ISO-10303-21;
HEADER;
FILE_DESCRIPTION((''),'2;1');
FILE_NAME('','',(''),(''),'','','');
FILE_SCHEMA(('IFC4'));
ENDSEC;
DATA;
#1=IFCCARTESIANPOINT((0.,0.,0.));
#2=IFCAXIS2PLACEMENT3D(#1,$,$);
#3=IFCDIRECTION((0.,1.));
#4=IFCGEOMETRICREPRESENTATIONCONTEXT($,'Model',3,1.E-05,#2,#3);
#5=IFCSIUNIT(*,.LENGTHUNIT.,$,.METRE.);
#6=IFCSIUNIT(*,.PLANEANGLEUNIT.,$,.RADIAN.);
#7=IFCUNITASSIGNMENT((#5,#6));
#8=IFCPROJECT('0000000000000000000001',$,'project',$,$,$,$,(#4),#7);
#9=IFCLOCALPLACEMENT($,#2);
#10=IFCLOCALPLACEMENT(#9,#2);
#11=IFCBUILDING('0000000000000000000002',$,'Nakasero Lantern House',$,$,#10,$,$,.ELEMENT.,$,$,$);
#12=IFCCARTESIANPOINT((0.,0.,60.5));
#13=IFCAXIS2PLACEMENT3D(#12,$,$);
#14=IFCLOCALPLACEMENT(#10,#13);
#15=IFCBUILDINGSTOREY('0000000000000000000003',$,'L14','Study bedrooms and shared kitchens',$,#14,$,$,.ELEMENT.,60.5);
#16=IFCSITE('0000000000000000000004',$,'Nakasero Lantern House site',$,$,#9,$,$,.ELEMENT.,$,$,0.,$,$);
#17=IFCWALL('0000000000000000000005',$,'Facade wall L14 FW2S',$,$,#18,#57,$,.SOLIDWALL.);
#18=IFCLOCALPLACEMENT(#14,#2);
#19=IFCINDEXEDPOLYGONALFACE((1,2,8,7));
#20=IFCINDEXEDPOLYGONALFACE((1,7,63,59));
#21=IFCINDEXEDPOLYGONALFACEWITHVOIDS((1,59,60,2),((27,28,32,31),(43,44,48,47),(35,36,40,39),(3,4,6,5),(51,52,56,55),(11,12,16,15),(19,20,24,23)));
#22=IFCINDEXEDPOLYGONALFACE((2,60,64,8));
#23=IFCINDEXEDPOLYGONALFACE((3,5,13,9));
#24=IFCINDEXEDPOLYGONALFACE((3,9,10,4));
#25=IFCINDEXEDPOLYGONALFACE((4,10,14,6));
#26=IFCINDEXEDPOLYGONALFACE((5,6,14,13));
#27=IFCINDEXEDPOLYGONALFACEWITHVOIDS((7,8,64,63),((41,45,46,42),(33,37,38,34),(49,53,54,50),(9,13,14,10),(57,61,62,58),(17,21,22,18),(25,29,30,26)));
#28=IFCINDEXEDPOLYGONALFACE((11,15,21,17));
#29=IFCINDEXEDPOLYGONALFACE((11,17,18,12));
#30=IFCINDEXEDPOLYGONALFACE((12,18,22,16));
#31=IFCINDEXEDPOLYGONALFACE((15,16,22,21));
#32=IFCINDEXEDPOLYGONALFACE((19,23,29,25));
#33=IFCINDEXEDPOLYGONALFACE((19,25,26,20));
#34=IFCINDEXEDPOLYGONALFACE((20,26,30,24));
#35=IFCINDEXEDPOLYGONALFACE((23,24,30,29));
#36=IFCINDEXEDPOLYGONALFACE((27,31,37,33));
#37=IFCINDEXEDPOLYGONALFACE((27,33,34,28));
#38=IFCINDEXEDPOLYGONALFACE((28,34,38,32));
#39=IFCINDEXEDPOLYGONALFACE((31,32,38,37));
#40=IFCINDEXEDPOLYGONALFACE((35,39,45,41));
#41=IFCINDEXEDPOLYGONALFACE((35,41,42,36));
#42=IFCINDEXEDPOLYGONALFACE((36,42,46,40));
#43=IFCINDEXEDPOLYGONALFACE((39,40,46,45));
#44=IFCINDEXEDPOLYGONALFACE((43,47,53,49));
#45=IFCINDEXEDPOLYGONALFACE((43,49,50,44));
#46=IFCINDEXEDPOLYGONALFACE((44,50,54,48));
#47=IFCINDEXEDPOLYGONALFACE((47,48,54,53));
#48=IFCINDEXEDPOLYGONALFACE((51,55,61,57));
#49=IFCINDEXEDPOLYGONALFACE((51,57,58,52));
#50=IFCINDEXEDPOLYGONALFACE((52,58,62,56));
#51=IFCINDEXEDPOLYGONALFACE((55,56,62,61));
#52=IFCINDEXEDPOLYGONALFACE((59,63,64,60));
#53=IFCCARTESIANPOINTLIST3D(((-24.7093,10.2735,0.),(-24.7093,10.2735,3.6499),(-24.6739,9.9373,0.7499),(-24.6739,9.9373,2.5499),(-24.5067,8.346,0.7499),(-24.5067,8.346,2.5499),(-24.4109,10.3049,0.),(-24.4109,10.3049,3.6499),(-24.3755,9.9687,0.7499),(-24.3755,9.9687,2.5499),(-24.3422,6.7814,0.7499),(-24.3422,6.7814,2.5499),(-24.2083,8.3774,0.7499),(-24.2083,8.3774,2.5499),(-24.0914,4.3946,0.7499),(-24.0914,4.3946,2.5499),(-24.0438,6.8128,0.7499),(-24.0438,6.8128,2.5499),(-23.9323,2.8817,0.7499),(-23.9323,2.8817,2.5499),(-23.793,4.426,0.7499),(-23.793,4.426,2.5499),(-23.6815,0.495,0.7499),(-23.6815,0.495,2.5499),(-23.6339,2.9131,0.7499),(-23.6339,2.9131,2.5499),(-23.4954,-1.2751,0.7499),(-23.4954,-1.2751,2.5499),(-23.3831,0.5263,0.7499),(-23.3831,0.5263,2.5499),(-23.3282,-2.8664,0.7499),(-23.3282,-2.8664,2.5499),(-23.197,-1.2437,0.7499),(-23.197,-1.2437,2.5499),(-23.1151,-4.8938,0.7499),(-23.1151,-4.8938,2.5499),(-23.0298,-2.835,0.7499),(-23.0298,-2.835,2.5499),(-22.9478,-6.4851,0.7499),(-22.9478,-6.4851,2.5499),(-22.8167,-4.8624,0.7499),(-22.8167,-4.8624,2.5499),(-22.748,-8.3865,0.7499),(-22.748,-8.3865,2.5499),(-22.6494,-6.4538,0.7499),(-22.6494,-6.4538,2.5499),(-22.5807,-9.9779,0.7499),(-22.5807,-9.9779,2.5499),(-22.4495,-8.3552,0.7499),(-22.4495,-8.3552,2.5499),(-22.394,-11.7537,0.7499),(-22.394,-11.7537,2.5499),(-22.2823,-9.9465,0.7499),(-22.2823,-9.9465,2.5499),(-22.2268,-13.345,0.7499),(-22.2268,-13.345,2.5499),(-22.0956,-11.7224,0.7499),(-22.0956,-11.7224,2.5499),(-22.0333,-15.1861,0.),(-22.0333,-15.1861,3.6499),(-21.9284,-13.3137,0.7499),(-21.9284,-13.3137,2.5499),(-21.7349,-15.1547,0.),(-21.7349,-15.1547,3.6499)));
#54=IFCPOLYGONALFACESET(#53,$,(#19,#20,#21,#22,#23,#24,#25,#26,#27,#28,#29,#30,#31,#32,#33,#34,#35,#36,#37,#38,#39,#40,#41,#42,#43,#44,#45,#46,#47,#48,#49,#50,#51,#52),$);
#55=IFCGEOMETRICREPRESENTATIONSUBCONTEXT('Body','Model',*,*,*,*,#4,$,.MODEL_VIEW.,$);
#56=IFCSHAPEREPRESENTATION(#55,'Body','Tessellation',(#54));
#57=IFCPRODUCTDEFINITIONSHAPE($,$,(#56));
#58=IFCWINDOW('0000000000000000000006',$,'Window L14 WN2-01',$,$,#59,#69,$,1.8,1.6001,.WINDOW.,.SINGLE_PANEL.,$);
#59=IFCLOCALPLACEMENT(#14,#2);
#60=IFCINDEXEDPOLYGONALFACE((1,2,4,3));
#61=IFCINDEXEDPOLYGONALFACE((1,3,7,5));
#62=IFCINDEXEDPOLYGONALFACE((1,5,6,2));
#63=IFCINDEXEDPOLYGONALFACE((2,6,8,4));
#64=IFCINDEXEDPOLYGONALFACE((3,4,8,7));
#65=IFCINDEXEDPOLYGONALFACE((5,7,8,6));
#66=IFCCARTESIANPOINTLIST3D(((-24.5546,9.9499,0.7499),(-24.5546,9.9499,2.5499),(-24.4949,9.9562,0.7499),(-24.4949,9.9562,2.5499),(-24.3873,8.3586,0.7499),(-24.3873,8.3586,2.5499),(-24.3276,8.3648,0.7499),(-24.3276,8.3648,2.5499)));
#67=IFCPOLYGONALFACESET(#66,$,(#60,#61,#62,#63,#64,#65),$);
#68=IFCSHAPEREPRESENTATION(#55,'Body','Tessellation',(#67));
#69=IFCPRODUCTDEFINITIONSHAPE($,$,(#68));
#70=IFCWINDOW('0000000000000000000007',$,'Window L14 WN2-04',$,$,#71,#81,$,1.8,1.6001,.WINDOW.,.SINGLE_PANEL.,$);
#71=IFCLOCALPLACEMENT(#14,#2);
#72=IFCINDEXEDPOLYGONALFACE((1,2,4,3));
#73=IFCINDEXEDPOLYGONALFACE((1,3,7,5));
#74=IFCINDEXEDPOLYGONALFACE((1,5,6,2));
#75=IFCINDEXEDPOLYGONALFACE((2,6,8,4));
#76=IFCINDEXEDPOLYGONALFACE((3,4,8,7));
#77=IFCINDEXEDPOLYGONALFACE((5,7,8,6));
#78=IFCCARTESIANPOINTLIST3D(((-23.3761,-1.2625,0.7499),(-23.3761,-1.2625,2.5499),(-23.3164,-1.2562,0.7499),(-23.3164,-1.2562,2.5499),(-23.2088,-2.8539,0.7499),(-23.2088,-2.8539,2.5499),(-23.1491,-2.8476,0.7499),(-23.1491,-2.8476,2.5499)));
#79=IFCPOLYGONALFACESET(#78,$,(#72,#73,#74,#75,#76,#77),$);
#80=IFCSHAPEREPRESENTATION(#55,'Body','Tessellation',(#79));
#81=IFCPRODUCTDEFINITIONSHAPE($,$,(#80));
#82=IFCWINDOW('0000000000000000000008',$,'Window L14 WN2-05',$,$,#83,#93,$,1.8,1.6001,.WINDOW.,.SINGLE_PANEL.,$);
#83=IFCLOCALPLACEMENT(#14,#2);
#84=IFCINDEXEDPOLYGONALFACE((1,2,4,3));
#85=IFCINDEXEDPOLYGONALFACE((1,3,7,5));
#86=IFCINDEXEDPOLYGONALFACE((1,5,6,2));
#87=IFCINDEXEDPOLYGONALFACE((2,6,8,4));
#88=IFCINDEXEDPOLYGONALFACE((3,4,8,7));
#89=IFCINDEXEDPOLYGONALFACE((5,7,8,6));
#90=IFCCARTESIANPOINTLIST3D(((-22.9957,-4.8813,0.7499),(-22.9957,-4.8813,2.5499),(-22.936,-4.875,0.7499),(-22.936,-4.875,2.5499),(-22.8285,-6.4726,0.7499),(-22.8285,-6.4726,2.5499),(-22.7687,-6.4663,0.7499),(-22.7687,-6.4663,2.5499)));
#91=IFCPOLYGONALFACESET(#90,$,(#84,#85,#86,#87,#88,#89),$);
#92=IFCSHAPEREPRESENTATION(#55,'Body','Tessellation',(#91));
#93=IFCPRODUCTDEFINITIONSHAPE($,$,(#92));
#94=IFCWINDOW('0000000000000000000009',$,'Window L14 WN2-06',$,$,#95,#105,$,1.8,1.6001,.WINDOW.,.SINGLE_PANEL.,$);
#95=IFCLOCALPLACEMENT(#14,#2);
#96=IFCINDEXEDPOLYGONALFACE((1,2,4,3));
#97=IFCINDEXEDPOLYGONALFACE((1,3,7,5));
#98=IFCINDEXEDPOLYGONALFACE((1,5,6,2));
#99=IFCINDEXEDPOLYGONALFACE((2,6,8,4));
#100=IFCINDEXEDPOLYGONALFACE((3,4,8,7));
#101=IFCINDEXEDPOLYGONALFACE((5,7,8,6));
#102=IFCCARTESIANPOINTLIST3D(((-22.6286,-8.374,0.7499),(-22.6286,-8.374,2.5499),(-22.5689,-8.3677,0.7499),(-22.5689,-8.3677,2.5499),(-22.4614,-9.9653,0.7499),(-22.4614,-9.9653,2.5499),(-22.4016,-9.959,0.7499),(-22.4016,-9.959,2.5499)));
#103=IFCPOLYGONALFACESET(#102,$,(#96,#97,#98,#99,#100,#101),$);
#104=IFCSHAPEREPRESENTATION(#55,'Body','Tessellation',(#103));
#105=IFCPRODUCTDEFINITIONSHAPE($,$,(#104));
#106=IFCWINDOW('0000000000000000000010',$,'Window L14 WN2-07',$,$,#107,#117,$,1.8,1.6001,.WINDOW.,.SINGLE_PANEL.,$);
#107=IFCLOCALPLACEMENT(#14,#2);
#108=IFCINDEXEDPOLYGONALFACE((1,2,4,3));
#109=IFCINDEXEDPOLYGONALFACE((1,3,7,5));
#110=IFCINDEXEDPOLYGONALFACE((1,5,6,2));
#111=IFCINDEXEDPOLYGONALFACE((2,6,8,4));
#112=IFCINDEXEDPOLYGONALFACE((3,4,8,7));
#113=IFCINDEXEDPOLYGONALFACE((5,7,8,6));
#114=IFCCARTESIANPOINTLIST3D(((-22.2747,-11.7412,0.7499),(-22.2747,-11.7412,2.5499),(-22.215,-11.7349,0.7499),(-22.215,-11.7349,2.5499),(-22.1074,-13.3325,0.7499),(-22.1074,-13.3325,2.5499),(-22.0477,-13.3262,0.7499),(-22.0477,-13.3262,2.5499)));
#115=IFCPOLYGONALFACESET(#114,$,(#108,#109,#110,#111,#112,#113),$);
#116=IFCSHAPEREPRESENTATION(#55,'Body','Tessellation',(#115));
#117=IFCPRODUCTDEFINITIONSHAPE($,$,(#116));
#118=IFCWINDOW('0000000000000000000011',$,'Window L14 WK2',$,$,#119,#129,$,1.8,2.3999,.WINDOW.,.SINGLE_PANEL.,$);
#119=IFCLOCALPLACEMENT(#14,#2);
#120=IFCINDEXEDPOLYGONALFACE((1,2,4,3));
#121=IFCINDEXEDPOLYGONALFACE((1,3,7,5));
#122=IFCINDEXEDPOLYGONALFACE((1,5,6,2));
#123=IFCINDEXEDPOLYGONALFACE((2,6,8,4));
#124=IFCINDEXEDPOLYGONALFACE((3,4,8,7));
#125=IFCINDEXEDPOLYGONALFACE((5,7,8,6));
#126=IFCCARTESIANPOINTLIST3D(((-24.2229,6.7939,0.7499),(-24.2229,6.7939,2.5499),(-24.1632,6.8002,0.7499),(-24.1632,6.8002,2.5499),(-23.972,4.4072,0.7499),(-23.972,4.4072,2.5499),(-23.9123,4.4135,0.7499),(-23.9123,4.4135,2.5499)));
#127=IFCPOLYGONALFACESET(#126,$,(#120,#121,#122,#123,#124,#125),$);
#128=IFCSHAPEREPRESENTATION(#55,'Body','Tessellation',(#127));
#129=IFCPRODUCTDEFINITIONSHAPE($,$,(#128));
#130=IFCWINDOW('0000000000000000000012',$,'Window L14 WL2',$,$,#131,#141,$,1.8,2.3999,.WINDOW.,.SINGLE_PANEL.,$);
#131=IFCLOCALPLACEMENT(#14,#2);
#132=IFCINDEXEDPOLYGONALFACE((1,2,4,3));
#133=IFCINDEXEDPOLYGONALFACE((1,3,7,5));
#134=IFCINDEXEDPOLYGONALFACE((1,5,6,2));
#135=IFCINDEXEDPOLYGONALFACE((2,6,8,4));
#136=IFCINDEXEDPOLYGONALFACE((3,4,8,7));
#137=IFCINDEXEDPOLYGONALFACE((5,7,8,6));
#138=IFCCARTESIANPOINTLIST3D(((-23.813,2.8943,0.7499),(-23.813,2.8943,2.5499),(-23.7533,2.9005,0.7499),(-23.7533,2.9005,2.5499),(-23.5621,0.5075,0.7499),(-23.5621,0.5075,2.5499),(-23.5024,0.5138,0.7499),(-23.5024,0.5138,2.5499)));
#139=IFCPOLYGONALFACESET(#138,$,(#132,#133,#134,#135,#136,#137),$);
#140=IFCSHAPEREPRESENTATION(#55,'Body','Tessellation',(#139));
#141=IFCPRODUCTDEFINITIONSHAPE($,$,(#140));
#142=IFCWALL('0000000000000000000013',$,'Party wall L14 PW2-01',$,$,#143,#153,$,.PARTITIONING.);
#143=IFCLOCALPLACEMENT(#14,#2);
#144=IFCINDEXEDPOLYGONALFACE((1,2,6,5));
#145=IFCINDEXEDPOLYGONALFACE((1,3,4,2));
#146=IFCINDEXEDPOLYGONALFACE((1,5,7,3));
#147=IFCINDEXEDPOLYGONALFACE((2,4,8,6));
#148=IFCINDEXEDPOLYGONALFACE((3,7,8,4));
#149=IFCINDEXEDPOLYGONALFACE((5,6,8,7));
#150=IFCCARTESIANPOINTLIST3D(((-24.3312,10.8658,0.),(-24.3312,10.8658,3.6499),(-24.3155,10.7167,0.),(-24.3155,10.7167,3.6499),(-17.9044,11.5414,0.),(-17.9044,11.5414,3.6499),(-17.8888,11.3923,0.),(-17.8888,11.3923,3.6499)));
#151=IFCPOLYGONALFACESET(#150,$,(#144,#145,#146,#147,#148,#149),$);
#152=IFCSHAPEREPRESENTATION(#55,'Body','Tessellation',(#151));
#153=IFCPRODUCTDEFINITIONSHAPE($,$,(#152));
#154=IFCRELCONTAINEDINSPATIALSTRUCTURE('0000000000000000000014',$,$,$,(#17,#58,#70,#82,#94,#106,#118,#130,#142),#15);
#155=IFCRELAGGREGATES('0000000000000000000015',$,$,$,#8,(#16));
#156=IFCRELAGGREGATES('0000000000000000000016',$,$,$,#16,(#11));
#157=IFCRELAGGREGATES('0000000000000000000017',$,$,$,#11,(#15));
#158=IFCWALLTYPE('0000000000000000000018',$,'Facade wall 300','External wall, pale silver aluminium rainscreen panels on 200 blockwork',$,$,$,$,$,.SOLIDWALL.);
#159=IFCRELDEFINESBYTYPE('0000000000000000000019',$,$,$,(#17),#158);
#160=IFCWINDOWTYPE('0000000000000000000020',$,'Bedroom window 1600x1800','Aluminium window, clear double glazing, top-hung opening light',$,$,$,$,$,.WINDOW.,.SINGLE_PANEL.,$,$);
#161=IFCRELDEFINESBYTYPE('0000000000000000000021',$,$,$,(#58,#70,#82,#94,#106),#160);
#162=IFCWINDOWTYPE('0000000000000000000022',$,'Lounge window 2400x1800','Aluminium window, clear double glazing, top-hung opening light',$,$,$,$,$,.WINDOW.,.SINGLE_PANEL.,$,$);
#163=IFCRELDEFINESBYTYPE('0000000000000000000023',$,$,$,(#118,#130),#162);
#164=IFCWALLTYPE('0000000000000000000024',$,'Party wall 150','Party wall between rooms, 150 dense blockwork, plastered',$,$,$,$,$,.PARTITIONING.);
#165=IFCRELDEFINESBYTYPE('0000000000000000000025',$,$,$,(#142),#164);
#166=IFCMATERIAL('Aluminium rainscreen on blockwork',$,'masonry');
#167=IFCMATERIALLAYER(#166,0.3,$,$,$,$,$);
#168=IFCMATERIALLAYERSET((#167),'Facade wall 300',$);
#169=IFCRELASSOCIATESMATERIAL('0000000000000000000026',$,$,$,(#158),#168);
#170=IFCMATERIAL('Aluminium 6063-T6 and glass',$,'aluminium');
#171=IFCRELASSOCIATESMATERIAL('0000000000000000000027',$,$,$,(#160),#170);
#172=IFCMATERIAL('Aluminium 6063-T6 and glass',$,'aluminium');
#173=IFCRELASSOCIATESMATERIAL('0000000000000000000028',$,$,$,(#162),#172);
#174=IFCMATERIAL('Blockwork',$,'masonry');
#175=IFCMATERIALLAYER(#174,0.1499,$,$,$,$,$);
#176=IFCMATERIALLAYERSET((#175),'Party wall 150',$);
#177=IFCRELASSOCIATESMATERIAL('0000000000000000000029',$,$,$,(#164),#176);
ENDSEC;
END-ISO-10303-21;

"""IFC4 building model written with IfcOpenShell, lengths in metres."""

from ifc_helpers import new_model, si_unit, direction, frame, frame_2d, origin, place, context, subcontext, project, spatial, rectangle, extrude, material, layer, layer_set, type_object, element, fill, save


model = new_model("IFC4")

# Units and contexts
model_context = context("Model", 3, precision=1e-05, world=origin(), true_north=direction((0.0, 1.0)))
body_context = subcontext(model_context, "Body", "Model", "MODEL_VIEW")
ifc_project = project(units=[si_unit("LENGTHUNIT", "METRE"), si_unit("PLANEANGLEUNIT", "RADIAN")], contexts=[model_context])

# Site, building, storey
site_placement = place(None, origin())
site = spatial("IfcSite", under=ifc_project, at=site_placement, Name="Nakasero Lantern House site", CompositionType="ELEMENT", RefElevation=0.0)
building_placement = place(site_placement, origin())
building = spatial("IfcBuilding", under=site, at=building_placement, Name="Nakasero Lantern House", CompositionType="ELEMENT")
storey_placement = place(building_placement, frame((0.0, 0.0, 60.5)))
storey = spatial("IfcBuildingStorey", under=building, at=storey_placement, Name="L14", Description="Study bedrooms and shared kitchens", CompositionType="ELEMENT", Elevation=60.5)

# Wall, openings, windows
ifc_material_1 = material(Name="Aluminium rainscreen on blockwork", Category="masonry")
ifc_layer_1 = layer(ifc_material_1, 0.3)
ifc_layer_set_1 = layer_set([ifc_layer_1], Name="Facade wall 300")
wall_type_1 = type_object("IfcWallType", Name="Facade wall 300", Description="External wall, pale silver aluminium rainscreen panels on 200 blockwork", PredefinedType="SOLIDWALL", material=ifc_layer_set_1)
wall_1_placement = place(storey_placement, frame((-24.5601, 10.2891, 0.0), z_axis=(0.0, 0.0, 1.0), x_axis=(0.104532, -0.994521, 0.0)))
wall_1 = element("IfcWall", 1, at=wall_1_placement, inside=storey, type_object=wall_type_1, Name="Facade wall L14 FW2S", PredefinedType="SOLIDWALL", context=body_context, shape_type="SweptSolid", body=[
    extrude(rectangle(XDim=25.5999, YDim=0.3, at=frame_2d((12.7998, 0.0))), origin(), (0.0, 0.0, 1.0), 3.6499),
])
opening_1_placement = place(wall_1_placement, frame((0.3379, 0.0, 0.75)))
opening_1 = element("IfcOpeningElement", 2, at=opening_1_placement, cuts=wall_1, PredefinedType="OPENING", context=body_context, shape_type="SweptSolid", body=[
    extrude(rectangle(XDim=1.6001, YDim=1.8, at=frame_2d((0.8, 0.8999))), frame((0.0, 0.1699, 0.0), z_axis=(0.0, -1.0, 0.0), x_axis=(1.0, 0.0, 0.0)), (0.0, 0.0, 1.0), 0.3401),
])
opening_2_placement = place(wall_1_placement, frame((11.6121, 0.0, 0.75)))
opening_2 = element("IfcOpeningElement", 3, at=opening_2_placement, cuts=wall_1, PredefinedType="OPENING", context=body_context, shape_type="SweptSolid", body=[
    extrude(rectangle(XDim=1.6001, YDim=1.8, at=frame_2d((0.8, 0.8999))), frame((0.0, 0.1699, 0.0), z_axis=(0.0, -1.0, 0.0), x_axis=(1.0, 0.0, 0.0)), (0.0, 0.0, 1.0), 0.3401),
])
opening_3_placement = place(wall_1_placement, frame((15.2507, 0.0, 0.75)))
opening_3 = element("IfcOpeningElement", 4, at=opening_3_placement, cuts=wall_1, PredefinedType="OPENING", context=body_context, shape_type="SweptSolid", body=[
    extrude(rectangle(XDim=1.6001, YDim=1.8, at=frame_2d((0.8, 0.8999))), frame((0.0, 0.1699, 0.0), z_axis=(0.0, -1.0, 0.0), x_axis=(1.0, 0.0, 0.0)), (0.0, 0.0, 1.0), 0.3401),
])
opening_4_placement = place(wall_1_placement, frame((18.7627, 0.0, 0.75)))
opening_4 = element("IfcOpeningElement", 5, at=opening_4_placement, cuts=wall_1, PredefinedType="OPENING", context=body_context, shape_type="SweptSolid", body=[
    extrude(rectangle(XDim=1.6001, YDim=1.8, at=frame_2d((0.8, 0.8999))), frame((0.0, 0.1699, 0.0), z_axis=(0.0, -1.0, 0.0), x_axis=(1.0, 0.0, 0.0)), (0.0, 0.0, 1.0), 0.3401),
])
opening_5_placement = place(wall_1_placement, frame((22.1484, 0.0, 0.75)))
opening_5 = element("IfcOpeningElement", 6, at=opening_5_placement, cuts=wall_1, PredefinedType="OPENING", context=body_context, shape_type="SweptSolid", body=[
    extrude(rectangle(XDim=1.6001, YDim=1.8, at=frame_2d((0.8, 0.8999))), frame((0.0, 0.1699, 0.0), z_axis=(0.0, -1.0, 0.0), x_axis=(1.0, 0.0, 0.0)), (0.0, 0.0, 1.0), 0.3401),
])
opening_6_placement = place(wall_1_placement, frame((3.5112, 0.0, 0.75)))
opening_6 = element("IfcOpeningElement", 7, at=opening_6_placement, cuts=wall_1, PredefinedType="OPENING", context=body_context, shape_type="SweptSolid", body=[
    extrude(rectangle(XDim=2.3999, YDim=1.8, at=frame_2d((1.2, 0.8999))), frame((0.0, 0.1699, 0.0), z_axis=(0.0, -1.0, 0.0), x_axis=(1.0, 0.0, 0.0)), (0.0, 0.0, 1.0), 0.3401),
])
opening_7_placement = place(wall_1_placement, frame((7.4324, 0.0, 0.75)))
opening_7 = element("IfcOpeningElement", 8, at=opening_7_placement, cuts=wall_1, PredefinedType="OPENING", context=body_context, shape_type="SweptSolid", body=[
    extrude(rectangle(XDim=2.3999, YDim=1.8, at=frame_2d((1.2, 0.8999))), frame((0.0, 0.1699, 0.0), z_axis=(0.0, -1.0, 0.0), x_axis=(1.0, 0.0, 0.0)), (0.0, 0.0, 1.0), 0.3401),
])
ifc_material_2 = material(Name="Aluminium 6063-T6 and glass", Category="aluminium")
window_type_1 = type_object("IfcWindowType", Name="Bedroom window 1600x1800", Description="Aluminium window, clear double glazing, top-hung opening light", PartitioningType="SINGLE_PANEL", PredefinedType="WINDOW", material=ifc_material_2)
window_1_placement = place(opening_1_placement, origin())
window_1 = element("IfcWindow", 9, at=window_1_placement, inside=storey, type_object=window_type_1, Name="Window L14 WN2-01", OverallHeight=1.8, OverallWidth=1.6001, PartitioningType="SINGLE_PANEL", PredefinedType="WINDOW", context=body_context, shape_type="SweptSolid", body=[
    extrude(rectangle(XDim=1.6001, YDim=1.8, at=frame_2d((0.8, 0.8999))), frame((0.0, 0.03, 0.0), z_axis=(0.0, -1.0, 0.0), x_axis=(1.0, 0.0, 0.0)), (0.0, 0.0, 1.0), 0.0601),
])
fill(opening_1, window_1)
window_2_placement = place(opening_2_placement, origin())
window_2 = element("IfcWindow", 10, at=window_2_placement, inside=storey, type_object=window_type_1, Name="Window L14 WN2-04", OverallHeight=1.8, OverallWidth=1.6001, PartitioningType="SINGLE_PANEL", PredefinedType="WINDOW", context=body_context, shape_type="SweptSolid", body=[
    extrude(rectangle(XDim=1.6001, YDim=1.8, at=frame_2d((0.8, 0.8999))), frame((0.0, 0.03, 0.0), z_axis=(0.0, -1.0, 0.0), x_axis=(1.0, 0.0, 0.0)), (0.0, 0.0, 1.0), 0.0601),
])
fill(opening_2, window_2)
window_3_placement = place(opening_3_placement, origin())
window_3 = element("IfcWindow", 11, at=window_3_placement, inside=storey, type_object=window_type_1, Name="Window L14 WN2-05", OverallHeight=1.8, OverallWidth=1.6001, PartitioningType="SINGLE_PANEL", PredefinedType="WINDOW", context=body_context, shape_type="SweptSolid", body=[
    extrude(rectangle(XDim=1.6001, YDim=1.8, at=frame_2d((0.8, 0.8999))), frame((0.0, 0.03, 0.0), z_axis=(0.0, -1.0, 0.0), x_axis=(1.0, 0.0, 0.0)), (0.0, 0.0, 1.0), 0.0601),
])
fill(opening_3, window_3)
window_4_placement = place(opening_4_placement, origin())
window_4 = element("IfcWindow", 12, at=window_4_placement, inside=storey, type_object=window_type_1, Name="Window L14 WN2-06", OverallHeight=1.8, OverallWidth=1.6001, PartitioningType="SINGLE_PANEL", PredefinedType="WINDOW", context=body_context, shape_type="SweptSolid", body=[
    extrude(rectangle(XDim=1.6001, YDim=1.8, at=frame_2d((0.8, 0.8999))), frame((0.0, 0.03, 0.0), z_axis=(0.0, -1.0, 0.0), x_axis=(1.0, 0.0, 0.0)), (0.0, 0.0, 1.0), 0.0601),
])
fill(opening_4, window_4)
window_5_placement = place(opening_5_placement, origin())
window_5 = element("IfcWindow", 13, at=window_5_placement, inside=storey, type_object=window_type_1, Name="Window L14 WN2-07", OverallHeight=1.8, OverallWidth=1.6001, PartitioningType="SINGLE_PANEL", PredefinedType="WINDOW", context=body_context, shape_type="SweptSolid", body=[
    extrude(rectangle(XDim=1.6001, YDim=1.8, at=frame_2d((0.8, 0.8999))), frame((0.0, 0.03, 0.0), z_axis=(0.0, -1.0, 0.0), x_axis=(1.0, 0.0, 0.0)), (0.0, 0.0, 1.0), 0.0601),
])
fill(opening_5, window_5)
ifc_material_3 = material(Name="Aluminium 6063-T6 and glass", Category="aluminium")
window_type_2 = type_object("IfcWindowType", Name="Lounge window 2400x1800", Description="Aluminium window, clear double glazing, top-hung opening light", PartitioningType="SINGLE_PANEL", PredefinedType="WINDOW", material=ifc_material_3)
window_6_placement = place(opening_6_placement, origin())
window_6 = element("IfcWindow", 14, at=window_6_placement, inside=storey, type_object=window_type_2, Name="Window L14 WK2", OverallHeight=1.8, OverallWidth=2.3999, PartitioningType="SINGLE_PANEL", PredefinedType="WINDOW", context=body_context, shape_type="SweptSolid", body=[
    extrude(rectangle(XDim=2.3999, YDim=1.8, at=frame_2d((1.2, 0.8999))), frame((0.0, 0.03, 0.0), z_axis=(0.0, -1.0, 0.0), x_axis=(1.0, 0.0, 0.0)), (0.0, 0.0, 1.0), 0.0601),
])
fill(opening_6, window_6)
window_7_placement = place(opening_7_placement, origin())
window_7 = element("IfcWindow", 15, at=window_7_placement, inside=storey, type_object=window_type_2, Name="Window L14 WL2", OverallHeight=1.8, OverallWidth=2.3999, PartitioningType="SINGLE_PANEL", PredefinedType="WINDOW", context=body_context, shape_type="SweptSolid", body=[
    extrude(rectangle(XDim=2.3999, YDim=1.8, at=frame_2d((1.2, 0.8999))), frame((0.0, 0.03, 0.0), z_axis=(0.0, -1.0, 0.0), x_axis=(1.0, 0.0, 0.0)), (0.0, 0.0, 1.0), 0.0601),
])
fill(opening_7, window_7)

# Wall
ifc_material_4 = material(Name="Blockwork", Category="masonry")
ifc_layer_2 = layer(ifc_material_4, 0.1499)
ifc_layer_set_2 = layer_set([ifc_layer_2], Name="Party wall 150")
wall_type_2 = type_object("IfcWallType", Name="Party wall 150", Description="Party wall between rooms, 150 dense blockwork, plastered", PredefinedType="PARTITIONING", material=ifc_layer_set_2)
wall_2_placement = place(storey_placement, frame((-17.8967, 11.4668, 0.0), z_axis=(0.0, 0.0, 1.0), x_axis=(-0.994521, -0.104537, 0.0)))
element("IfcWall", 16, at=wall_2_placement, inside=storey, type_object=wall_type_2, Name="Party wall L14 PW2-01", PredefinedType="PARTITIONING", context=body_context, shape_type="SweptSolid", body=[
    extrude(rectangle(XDim=6.4622, YDim=0.1499, at=frame_2d((3.231, 0.0))), origin(), (0.0, 0.0, 1.0), 3.6499),
])

save(model, "model.ifc")
